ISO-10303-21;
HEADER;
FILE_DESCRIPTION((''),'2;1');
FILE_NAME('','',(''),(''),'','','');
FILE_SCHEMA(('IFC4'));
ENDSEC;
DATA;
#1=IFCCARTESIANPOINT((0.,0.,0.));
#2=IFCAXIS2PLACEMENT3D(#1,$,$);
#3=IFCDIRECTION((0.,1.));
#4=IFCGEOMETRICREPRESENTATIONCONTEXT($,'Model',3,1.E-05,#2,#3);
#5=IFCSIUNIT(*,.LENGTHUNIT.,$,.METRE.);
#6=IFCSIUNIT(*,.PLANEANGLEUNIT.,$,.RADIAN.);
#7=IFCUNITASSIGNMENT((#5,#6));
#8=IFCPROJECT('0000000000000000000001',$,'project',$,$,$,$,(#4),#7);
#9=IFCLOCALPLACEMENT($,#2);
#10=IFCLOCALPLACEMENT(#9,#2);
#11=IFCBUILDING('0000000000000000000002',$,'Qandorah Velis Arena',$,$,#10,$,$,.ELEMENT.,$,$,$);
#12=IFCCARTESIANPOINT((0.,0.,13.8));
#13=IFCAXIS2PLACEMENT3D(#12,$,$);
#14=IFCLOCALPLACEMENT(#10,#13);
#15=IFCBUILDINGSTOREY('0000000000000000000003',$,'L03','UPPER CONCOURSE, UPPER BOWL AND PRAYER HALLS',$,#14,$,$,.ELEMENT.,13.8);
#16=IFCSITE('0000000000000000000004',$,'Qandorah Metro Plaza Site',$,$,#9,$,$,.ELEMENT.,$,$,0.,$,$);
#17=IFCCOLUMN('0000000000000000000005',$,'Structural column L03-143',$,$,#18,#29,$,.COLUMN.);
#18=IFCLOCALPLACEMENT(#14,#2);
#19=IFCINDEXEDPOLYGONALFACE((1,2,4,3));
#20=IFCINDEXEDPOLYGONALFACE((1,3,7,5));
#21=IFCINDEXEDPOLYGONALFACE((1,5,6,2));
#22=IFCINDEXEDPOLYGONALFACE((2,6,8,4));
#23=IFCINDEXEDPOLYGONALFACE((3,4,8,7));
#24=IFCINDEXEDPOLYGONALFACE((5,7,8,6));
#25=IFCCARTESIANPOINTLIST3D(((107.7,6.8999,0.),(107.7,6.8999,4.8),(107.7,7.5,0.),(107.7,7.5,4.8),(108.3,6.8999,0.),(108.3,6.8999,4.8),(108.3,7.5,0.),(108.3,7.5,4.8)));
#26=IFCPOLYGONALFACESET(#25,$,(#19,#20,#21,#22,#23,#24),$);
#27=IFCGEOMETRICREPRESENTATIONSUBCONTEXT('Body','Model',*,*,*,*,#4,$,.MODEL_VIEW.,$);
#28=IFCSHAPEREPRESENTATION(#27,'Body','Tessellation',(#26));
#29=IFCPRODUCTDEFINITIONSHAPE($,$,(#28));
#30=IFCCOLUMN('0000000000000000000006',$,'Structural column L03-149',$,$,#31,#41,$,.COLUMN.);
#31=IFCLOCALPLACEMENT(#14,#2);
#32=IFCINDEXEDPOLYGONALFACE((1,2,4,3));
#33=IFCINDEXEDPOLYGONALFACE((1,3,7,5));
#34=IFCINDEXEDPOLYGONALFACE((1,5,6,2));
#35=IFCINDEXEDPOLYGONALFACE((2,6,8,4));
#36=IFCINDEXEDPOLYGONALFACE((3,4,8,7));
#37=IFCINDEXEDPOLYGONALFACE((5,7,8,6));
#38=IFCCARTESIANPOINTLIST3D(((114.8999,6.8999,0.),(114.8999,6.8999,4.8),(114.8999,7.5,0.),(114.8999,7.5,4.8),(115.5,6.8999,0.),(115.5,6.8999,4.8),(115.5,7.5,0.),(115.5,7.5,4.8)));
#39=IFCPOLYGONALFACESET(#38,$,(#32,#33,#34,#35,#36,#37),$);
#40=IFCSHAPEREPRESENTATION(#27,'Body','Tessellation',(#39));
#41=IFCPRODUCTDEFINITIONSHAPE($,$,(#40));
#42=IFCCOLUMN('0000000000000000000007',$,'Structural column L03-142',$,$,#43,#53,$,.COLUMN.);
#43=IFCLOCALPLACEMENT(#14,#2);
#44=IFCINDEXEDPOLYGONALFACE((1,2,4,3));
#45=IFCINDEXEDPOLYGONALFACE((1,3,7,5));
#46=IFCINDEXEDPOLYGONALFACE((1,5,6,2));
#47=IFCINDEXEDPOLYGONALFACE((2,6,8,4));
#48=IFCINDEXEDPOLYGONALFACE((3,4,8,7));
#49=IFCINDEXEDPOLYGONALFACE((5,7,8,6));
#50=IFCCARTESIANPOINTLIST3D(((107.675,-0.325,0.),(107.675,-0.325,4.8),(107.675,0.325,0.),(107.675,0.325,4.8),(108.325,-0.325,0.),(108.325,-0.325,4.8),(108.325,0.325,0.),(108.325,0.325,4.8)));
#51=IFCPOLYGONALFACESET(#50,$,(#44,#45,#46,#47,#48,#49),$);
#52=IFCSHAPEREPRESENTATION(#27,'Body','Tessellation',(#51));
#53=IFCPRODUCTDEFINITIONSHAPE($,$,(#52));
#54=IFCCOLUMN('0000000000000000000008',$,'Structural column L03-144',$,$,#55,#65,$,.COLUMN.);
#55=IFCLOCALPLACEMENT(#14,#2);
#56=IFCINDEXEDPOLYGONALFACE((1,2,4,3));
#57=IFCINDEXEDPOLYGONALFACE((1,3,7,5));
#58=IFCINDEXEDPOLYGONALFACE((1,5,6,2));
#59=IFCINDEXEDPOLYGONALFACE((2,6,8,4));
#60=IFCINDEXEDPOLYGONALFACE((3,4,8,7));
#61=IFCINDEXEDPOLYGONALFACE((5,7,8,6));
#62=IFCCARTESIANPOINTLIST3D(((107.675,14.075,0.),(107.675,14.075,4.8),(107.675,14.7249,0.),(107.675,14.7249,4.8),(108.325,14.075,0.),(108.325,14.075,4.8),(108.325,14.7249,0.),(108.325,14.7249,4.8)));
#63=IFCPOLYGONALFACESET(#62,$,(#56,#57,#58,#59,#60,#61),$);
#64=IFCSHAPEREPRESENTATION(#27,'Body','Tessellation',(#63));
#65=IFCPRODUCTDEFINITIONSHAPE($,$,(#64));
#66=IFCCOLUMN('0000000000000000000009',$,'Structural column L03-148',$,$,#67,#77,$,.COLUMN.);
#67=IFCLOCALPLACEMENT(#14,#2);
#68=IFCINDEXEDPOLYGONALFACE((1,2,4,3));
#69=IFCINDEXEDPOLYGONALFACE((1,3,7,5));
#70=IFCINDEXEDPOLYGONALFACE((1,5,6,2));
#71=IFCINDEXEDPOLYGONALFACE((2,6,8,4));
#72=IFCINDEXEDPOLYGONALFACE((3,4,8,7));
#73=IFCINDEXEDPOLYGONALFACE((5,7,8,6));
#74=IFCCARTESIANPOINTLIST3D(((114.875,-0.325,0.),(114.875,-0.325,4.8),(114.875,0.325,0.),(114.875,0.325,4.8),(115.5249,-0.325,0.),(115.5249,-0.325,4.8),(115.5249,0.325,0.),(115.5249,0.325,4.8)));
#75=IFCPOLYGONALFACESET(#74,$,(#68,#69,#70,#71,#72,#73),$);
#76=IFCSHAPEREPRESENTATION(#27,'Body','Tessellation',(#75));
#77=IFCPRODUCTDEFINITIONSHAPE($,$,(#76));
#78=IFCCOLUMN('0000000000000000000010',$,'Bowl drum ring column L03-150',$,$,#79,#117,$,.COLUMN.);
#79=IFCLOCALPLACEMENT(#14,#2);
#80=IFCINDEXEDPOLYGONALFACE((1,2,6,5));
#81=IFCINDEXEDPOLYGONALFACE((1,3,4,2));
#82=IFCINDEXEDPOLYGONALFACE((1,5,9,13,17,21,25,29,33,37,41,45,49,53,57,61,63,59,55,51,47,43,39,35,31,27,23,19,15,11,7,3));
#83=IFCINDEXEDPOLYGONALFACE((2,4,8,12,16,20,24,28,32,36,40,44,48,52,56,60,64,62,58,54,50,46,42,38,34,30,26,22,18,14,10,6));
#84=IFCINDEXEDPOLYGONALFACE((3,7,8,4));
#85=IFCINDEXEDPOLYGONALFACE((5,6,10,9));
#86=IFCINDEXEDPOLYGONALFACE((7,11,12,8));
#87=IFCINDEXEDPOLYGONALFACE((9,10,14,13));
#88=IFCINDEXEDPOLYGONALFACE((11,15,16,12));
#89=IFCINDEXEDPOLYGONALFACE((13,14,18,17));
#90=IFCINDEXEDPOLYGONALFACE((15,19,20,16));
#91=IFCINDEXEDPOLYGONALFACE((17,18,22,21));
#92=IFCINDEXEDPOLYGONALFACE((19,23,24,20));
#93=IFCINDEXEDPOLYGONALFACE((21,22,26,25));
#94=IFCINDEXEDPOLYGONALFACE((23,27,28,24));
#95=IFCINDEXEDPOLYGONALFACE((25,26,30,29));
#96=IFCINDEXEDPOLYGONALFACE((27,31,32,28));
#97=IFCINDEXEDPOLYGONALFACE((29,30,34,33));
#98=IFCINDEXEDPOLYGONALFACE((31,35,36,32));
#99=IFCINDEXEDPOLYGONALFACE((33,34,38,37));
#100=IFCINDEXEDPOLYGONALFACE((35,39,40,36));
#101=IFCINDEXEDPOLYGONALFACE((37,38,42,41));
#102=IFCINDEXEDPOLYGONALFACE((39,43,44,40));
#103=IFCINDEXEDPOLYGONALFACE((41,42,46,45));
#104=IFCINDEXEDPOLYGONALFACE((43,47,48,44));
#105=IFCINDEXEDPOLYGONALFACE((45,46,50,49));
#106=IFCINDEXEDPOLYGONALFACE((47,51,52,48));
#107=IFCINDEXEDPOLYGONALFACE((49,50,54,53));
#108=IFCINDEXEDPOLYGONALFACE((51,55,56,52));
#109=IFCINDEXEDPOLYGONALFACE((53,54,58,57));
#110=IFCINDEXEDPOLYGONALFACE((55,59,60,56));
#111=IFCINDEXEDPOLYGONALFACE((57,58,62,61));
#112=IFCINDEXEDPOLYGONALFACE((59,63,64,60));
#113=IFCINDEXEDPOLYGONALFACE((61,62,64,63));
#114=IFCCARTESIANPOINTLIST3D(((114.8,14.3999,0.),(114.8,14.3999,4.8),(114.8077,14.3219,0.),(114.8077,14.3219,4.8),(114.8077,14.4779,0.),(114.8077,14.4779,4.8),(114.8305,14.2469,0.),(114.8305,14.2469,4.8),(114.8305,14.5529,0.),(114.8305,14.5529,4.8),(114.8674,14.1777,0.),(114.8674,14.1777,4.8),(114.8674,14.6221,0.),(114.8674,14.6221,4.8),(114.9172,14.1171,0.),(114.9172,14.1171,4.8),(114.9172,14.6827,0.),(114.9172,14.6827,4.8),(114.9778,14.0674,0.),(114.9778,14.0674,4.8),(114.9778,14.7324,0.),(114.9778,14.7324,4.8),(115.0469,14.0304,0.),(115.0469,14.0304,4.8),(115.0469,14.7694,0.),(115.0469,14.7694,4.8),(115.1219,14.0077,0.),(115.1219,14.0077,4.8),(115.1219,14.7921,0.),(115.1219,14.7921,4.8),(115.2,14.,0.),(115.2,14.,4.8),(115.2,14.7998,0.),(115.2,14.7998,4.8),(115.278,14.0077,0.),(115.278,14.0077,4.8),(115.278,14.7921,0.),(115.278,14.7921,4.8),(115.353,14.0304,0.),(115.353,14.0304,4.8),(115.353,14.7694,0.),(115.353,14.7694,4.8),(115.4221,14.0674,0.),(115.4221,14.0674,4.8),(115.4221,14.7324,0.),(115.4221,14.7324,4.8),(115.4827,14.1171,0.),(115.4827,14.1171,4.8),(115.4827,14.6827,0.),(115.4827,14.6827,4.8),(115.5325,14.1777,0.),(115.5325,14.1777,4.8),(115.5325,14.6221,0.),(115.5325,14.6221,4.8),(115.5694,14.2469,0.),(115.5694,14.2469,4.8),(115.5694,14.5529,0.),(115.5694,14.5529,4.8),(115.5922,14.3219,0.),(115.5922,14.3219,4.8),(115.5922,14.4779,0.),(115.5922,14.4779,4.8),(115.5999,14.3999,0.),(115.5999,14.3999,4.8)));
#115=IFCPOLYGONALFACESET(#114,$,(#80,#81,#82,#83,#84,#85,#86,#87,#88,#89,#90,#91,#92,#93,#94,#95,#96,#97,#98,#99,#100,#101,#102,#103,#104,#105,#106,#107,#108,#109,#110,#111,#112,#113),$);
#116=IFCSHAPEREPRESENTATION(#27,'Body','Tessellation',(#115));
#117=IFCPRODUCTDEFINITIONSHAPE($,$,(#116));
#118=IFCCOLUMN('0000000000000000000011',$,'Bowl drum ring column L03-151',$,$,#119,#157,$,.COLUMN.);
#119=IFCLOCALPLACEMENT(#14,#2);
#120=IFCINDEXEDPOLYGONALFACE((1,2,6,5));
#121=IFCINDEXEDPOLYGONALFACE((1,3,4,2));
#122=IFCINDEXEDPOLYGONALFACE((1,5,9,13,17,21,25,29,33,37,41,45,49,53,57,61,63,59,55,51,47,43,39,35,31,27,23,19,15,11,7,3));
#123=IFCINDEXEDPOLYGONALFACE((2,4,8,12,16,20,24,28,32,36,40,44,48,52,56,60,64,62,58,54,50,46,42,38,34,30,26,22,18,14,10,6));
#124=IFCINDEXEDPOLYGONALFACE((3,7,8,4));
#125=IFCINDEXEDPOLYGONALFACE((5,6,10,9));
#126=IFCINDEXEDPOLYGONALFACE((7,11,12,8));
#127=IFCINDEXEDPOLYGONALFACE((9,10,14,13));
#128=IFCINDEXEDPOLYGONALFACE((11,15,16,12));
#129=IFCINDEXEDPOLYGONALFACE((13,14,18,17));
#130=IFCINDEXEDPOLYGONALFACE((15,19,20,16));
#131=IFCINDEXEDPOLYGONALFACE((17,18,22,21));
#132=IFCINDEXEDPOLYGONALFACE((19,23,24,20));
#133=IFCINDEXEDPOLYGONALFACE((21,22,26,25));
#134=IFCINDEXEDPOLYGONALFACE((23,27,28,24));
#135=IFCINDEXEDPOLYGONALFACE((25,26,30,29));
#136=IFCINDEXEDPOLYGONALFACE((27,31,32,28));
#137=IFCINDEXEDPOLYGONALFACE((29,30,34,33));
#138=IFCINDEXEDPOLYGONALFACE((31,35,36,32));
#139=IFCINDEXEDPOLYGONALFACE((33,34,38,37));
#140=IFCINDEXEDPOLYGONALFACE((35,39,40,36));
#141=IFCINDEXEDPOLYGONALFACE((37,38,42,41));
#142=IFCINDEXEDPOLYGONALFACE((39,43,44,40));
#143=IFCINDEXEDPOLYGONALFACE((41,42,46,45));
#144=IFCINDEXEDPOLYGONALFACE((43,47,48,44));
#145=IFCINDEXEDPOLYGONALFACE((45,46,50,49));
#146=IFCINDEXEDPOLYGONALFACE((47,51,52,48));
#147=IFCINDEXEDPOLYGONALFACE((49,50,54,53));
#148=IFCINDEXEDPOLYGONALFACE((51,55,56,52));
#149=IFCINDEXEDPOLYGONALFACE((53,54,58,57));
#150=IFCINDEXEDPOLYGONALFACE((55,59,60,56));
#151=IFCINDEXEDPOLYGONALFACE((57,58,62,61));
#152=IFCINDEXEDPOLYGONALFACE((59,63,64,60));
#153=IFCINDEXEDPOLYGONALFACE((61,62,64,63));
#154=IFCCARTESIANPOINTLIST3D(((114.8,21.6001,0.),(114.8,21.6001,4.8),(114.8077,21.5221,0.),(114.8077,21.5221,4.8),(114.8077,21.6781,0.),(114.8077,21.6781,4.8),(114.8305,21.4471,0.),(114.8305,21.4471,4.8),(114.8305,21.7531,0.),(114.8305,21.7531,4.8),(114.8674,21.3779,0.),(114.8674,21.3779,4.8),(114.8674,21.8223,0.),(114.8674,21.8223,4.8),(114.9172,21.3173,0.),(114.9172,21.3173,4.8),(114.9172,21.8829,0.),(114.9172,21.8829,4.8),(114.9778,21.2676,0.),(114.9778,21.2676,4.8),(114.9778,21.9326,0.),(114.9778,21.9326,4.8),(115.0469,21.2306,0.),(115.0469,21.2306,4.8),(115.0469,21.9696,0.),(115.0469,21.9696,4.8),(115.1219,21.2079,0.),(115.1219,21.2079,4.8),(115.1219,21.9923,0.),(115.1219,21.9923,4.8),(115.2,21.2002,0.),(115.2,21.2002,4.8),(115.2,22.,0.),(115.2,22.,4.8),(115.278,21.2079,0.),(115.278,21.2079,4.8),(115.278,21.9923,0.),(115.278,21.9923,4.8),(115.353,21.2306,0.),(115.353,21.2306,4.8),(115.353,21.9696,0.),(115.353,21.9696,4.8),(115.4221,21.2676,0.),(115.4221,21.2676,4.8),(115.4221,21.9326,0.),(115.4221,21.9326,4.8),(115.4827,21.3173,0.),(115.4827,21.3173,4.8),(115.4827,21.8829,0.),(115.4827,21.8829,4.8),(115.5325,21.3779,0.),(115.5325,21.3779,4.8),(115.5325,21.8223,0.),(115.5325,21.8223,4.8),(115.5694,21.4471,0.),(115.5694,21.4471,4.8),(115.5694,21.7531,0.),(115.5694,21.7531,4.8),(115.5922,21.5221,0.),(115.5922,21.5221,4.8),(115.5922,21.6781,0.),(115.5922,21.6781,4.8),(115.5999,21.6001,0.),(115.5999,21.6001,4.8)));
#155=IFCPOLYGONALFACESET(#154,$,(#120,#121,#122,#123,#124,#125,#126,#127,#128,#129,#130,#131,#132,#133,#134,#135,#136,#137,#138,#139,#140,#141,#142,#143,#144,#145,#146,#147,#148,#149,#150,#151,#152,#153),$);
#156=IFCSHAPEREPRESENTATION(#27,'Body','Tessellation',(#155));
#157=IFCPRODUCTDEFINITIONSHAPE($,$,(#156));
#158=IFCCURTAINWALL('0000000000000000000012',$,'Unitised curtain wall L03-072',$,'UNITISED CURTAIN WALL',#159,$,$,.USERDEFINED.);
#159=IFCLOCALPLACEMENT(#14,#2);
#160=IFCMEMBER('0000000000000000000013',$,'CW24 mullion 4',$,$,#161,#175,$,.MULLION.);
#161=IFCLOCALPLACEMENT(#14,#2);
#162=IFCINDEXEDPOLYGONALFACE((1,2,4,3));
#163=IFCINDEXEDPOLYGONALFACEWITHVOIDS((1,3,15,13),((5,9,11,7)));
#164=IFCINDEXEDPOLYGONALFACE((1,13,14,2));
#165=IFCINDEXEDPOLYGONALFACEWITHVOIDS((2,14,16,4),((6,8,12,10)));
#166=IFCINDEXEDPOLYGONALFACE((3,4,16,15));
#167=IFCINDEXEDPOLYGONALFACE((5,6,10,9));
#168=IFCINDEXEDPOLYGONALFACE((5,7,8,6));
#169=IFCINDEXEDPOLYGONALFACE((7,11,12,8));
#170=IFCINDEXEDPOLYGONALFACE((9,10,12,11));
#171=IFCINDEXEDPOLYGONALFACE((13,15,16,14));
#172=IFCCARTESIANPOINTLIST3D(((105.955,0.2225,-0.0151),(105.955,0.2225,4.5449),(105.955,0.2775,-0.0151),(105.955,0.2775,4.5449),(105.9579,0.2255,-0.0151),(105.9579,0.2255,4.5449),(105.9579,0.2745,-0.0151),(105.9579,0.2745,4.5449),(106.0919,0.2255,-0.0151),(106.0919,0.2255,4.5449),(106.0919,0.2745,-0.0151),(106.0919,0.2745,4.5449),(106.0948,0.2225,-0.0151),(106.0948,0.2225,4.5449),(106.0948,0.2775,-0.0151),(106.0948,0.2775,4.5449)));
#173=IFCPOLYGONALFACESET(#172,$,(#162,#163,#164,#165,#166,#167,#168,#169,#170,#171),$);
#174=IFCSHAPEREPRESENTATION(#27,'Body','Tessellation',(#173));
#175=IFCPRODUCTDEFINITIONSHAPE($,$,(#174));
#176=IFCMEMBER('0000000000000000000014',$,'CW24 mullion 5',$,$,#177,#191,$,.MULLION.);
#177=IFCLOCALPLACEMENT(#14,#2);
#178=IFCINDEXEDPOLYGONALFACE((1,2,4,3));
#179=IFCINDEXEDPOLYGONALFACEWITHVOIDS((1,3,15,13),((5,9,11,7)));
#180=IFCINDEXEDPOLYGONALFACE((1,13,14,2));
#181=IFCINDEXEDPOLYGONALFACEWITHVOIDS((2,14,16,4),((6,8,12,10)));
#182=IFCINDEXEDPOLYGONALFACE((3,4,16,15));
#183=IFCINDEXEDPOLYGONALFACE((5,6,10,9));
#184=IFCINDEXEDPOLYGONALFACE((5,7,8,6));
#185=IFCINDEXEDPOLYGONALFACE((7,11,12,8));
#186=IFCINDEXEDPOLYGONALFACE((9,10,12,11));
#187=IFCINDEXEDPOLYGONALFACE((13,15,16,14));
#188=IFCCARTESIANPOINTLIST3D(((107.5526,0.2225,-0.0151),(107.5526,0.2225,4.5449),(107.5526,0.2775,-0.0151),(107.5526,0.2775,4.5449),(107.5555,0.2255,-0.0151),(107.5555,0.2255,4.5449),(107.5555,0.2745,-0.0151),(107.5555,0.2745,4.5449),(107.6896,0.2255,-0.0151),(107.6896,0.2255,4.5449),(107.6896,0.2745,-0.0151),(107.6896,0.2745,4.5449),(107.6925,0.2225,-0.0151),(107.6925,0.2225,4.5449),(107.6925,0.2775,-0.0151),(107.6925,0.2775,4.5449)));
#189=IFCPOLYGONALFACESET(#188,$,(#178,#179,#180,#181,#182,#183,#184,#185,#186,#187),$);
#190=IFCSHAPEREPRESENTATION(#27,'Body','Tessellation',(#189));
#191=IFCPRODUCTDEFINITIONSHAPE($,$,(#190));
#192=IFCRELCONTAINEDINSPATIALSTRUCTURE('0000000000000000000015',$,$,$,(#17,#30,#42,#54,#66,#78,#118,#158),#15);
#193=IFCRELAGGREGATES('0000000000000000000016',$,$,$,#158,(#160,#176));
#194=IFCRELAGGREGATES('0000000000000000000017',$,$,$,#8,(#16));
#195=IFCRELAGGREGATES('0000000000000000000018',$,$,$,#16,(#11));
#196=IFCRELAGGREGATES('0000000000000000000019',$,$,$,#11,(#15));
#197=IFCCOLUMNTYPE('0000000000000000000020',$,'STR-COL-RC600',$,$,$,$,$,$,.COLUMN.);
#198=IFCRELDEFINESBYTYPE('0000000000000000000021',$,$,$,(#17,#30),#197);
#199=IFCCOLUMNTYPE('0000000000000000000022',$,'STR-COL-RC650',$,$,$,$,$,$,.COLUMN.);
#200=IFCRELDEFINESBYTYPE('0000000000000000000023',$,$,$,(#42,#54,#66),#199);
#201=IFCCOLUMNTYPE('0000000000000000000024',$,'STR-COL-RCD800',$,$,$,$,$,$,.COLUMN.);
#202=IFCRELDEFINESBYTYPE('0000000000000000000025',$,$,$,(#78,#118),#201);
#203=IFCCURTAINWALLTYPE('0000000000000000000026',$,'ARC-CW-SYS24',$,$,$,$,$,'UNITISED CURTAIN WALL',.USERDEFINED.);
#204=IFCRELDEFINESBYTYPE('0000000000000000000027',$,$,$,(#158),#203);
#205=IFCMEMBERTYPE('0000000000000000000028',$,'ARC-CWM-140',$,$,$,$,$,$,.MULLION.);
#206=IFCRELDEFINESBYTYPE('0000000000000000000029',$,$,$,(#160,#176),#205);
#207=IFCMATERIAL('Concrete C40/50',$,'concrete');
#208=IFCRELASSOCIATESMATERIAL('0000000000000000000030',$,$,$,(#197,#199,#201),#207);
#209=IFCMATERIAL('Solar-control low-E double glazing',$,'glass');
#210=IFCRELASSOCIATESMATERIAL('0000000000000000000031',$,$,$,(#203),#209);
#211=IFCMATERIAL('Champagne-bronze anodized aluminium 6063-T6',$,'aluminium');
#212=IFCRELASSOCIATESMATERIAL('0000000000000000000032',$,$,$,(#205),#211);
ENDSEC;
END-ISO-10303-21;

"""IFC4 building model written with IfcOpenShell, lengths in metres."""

from ifc_helpers import new_model, si_unit, direction, frame, origin, origin_2d, place, context, subcontext, project, spatial, rectangle, hollow_rectangle, circle, extrude, material, material_profile, profile_set, type_object, element, aggregate, save


model = new_model("IFC4")

# Units and contexts
model_context = context("Model", 3, precision=1e-05, world=origin(), true_north=direction((0.0, 1.0)))
body_context = subcontext(model_context, "Body", "Model", "MODEL_VIEW")
ifc_project = project(units=[si_unit("LENGTHUNIT", "METRE"), si_unit("PLANEANGLEUNIT", "RADIAN")], contexts=[model_context])

# Site, building, storey
site_placement = place(None, origin())
site = spatial("IfcSite", under=ifc_project, at=site_placement, Name="Qandorah Metro Plaza Site", CompositionType="ELEMENT", RefElevation=0.0)
building_placement = place(site_placement, origin())
building = spatial("IfcBuilding", under=site, at=building_placement, Name="Qandorah Velis Arena", CompositionType="ELEMENT")
storey_placement = place(building_placement, frame((0.0, 0.0, 13.8)))
storey = spatial("IfcBuildingStorey", under=building, at=storey_placement, Name="L03", Description="UPPER CONCOURSE, UPPER BOWL AND PRAYER HALLS", CompositionType="ELEMENT", Elevation=13.8)

# Columns
ifc_material_1 = material(Name="Concrete C40/50", Category="concrete")
ifc_material_profile_1 = material_profile(ifc_material_1, rectangle(XDim=0.6001, YDim=0.6001, at=origin_2d()), Name="RC COL 600x600")
ifc_profile_set_1 = profile_set([ifc_material_profile_1], Name="Concrete C40/50")
column_type_1 = type_object("IfcColumnType", Name="STR-COL-RC600", PredefinedType="COLUMN", material=ifc_profile_set_1)
for number, where, z_axis, x_axis, name in (
    (1, (108.0, 7.2, 0.0), (0.0, 0.0, 1.0), (1.0, 0.0, 0.0), "Structural column L03-143"),
    (2, (115.2, 7.2, 0.0), (0.0, 0.0, 1.0), (1.0, 0.0, 0.0), "Structural column L03-149"),
):
    element("IfcColumn", number, at=place(storey_placement, frame(where, z_axis=z_axis, x_axis=x_axis)), inside=storey, type_object=column_type_1, Name=name, PredefinedType="COLUMN", context=body_context, shape_type="SweptSolid", body=[
        extrude(rectangle(XDim=0.6001, YDim=0.6001, at=origin_2d()), origin(), (0.0, 0.0, 1.0), 4.8),
    ])
ifc_material_profile_2 = material_profile(ifc_material_1, rectangle(XDim=0.6499, YDim=0.6499, at=origin_2d()), Name="RC COL 650x650")
ifc_profile_set_2 = profile_set([ifc_material_profile_2], Name="Concrete C40/50")
column_type_2 = type_object("IfcColumnType", Name="STR-COL-RC650", PredefinedType="COLUMN", material=ifc_profile_set_2)
for number, where, z_axis, x_axis, name in (
    (3, (108.0, 0.0, 0.0), (0.0, 0.0, 1.0), (1.0, 0.0, 0.0), "Structural column L03-142"),
    (4, (108.0, 14.3999, 0.0), (0.0, 0.0, 1.0), (1.0, 0.0, 0.0), "Structural column L03-144"),
    (5, (115.2, 0.0, 0.0), (0.0, 0.0, 1.0), (1.0, 0.0, 0.0), "Structural column L03-148"),
):
    element("IfcColumn", number, at=place(storey_placement, frame(where, z_axis=z_axis, x_axis=x_axis)), inside=storey, type_object=column_type_2, Name=name, PredefinedType="COLUMN", context=body_context, shape_type="SweptSolid", body=[
        extrude(rectangle(XDim=0.6499, YDim=0.6499, at=origin_2d()), origin(), (0.0, 0.0, 1.0), 4.8),
    ])
ifc_material_profile_3 = material_profile(ifc_material_1, circle(Radius=0.3999, at=origin_2d()), Name="RC D800")
ifc_profile_set_3 = profile_set([ifc_material_profile_3], Name="Concrete C40/50")
column_type_3 = type_object("IfcColumnType", Name="STR-COL-RCD800", PredefinedType="COLUMN", material=ifc_profile_set_3)
for number, where, z_axis, x_axis, name in (
    (6, (115.2, 14.3999, 0.0), (0.0, 0.0, 1.0), (1.0, 0.0, 0.0), "Bowl drum ring column L03-150"),
    (7, (115.2, 21.6001, 0.0), (0.0, 0.0, 1.0), (1.0, 0.0, 0.0), "Bowl drum ring column L03-151"),
):
    element("IfcColumn", number, at=place(storey_placement, frame(where, z_axis=z_axis, x_axis=x_axis)), inside=storey, type_object=column_type_3, Name=name, PredefinedType="COLUMN", context=body_context, shape_type="SweptSolid", body=[
        extrude(circle(Radius=0.3999, at=origin_2d()), origin(), (0.0, 0.0, 1.0), 4.8),
    ])

# Curtain wall, members
ifc_material_2 = material(Name="Solar-control low-E double glazing", Category="glass")
curtain_wall_type_1 = type_object("IfcCurtainWallType", Name="ARC-CW-SYS24", ElementType="UNITISED CURTAIN WALL", PredefinedType="USERDEFINED", material=ifc_material_2)
curtain_wall_1_placement = place(storey_placement, origin())
curtain_wall_1 = element("IfcCurtainWall", 8, at=curtain_wall_1_placement, inside=storey, type_object=curtain_wall_type_1, Name="Unitised curtain wall L03-072", ObjectType="UNITISED CURTAIN WALL", PredefinedType="USERDEFINED")
ifc_material_3 = material(Name="Champagne-bronze anodized aluminium 6063-T6", Category="aluminium")
ifc_material_profile_4 = material_profile(ifc_material_3, hollow_rectangle(XDim=0.0549, YDim=0.1399, WallThickness=0.0029, at=origin_2d()), Name="ALU MULLION 55x140")
ifc_profile_set_4 = profile_set([ifc_material_profile_4], Name="Champagne-bronze anodized aluminium 6063-T6")
member_type_1 = type_object("IfcMemberType", Name="ARC-CWM-140", PredefinedType="MULLION", material=ifc_profile_set_4)
member_1_placement = place(storey_placement, frame((106.0249, 0.25, -0.0151), z_axis=(0.0, 0.0, 1.0), x_axis=(0.0, 1.0, 0.0)))
member_1 = element("IfcMember", 9, at=member_1_placement, type_object=member_type_1, Name="CW24 mullion 4", PredefinedType="MULLION", context=body_context, shape_type="SweptSolid", body=[
    extrude(hollow_rectangle(XDim=0.0549, YDim=0.1399, WallThickness=0.0029, at=origin_2d()), origin(), (0.0, 0.0, 1.0), 4.5601),
])
member_2_placement = place(storey_placement, frame((107.6226, 0.25, -0.0151), z_axis=(0.0, 0.0, 1.0), x_axis=(0.0, 1.0, 0.0)))
member_2 = element("IfcMember", 10, at=member_2_placement, type_object=member_type_1, Name="CW24 mullion 5", PredefinedType="MULLION", context=body_context, shape_type="SweptSolid", body=[
    extrude(hollow_rectangle(XDim=0.0549, YDim=0.1399, WallThickness=0.0029, at=origin_2d()), origin(), (0.0, 0.0, 1.0), 4.5601),
])

aggregate(curtain_wall_1, [member_1, member_2])

save(model, "model.ifc")
